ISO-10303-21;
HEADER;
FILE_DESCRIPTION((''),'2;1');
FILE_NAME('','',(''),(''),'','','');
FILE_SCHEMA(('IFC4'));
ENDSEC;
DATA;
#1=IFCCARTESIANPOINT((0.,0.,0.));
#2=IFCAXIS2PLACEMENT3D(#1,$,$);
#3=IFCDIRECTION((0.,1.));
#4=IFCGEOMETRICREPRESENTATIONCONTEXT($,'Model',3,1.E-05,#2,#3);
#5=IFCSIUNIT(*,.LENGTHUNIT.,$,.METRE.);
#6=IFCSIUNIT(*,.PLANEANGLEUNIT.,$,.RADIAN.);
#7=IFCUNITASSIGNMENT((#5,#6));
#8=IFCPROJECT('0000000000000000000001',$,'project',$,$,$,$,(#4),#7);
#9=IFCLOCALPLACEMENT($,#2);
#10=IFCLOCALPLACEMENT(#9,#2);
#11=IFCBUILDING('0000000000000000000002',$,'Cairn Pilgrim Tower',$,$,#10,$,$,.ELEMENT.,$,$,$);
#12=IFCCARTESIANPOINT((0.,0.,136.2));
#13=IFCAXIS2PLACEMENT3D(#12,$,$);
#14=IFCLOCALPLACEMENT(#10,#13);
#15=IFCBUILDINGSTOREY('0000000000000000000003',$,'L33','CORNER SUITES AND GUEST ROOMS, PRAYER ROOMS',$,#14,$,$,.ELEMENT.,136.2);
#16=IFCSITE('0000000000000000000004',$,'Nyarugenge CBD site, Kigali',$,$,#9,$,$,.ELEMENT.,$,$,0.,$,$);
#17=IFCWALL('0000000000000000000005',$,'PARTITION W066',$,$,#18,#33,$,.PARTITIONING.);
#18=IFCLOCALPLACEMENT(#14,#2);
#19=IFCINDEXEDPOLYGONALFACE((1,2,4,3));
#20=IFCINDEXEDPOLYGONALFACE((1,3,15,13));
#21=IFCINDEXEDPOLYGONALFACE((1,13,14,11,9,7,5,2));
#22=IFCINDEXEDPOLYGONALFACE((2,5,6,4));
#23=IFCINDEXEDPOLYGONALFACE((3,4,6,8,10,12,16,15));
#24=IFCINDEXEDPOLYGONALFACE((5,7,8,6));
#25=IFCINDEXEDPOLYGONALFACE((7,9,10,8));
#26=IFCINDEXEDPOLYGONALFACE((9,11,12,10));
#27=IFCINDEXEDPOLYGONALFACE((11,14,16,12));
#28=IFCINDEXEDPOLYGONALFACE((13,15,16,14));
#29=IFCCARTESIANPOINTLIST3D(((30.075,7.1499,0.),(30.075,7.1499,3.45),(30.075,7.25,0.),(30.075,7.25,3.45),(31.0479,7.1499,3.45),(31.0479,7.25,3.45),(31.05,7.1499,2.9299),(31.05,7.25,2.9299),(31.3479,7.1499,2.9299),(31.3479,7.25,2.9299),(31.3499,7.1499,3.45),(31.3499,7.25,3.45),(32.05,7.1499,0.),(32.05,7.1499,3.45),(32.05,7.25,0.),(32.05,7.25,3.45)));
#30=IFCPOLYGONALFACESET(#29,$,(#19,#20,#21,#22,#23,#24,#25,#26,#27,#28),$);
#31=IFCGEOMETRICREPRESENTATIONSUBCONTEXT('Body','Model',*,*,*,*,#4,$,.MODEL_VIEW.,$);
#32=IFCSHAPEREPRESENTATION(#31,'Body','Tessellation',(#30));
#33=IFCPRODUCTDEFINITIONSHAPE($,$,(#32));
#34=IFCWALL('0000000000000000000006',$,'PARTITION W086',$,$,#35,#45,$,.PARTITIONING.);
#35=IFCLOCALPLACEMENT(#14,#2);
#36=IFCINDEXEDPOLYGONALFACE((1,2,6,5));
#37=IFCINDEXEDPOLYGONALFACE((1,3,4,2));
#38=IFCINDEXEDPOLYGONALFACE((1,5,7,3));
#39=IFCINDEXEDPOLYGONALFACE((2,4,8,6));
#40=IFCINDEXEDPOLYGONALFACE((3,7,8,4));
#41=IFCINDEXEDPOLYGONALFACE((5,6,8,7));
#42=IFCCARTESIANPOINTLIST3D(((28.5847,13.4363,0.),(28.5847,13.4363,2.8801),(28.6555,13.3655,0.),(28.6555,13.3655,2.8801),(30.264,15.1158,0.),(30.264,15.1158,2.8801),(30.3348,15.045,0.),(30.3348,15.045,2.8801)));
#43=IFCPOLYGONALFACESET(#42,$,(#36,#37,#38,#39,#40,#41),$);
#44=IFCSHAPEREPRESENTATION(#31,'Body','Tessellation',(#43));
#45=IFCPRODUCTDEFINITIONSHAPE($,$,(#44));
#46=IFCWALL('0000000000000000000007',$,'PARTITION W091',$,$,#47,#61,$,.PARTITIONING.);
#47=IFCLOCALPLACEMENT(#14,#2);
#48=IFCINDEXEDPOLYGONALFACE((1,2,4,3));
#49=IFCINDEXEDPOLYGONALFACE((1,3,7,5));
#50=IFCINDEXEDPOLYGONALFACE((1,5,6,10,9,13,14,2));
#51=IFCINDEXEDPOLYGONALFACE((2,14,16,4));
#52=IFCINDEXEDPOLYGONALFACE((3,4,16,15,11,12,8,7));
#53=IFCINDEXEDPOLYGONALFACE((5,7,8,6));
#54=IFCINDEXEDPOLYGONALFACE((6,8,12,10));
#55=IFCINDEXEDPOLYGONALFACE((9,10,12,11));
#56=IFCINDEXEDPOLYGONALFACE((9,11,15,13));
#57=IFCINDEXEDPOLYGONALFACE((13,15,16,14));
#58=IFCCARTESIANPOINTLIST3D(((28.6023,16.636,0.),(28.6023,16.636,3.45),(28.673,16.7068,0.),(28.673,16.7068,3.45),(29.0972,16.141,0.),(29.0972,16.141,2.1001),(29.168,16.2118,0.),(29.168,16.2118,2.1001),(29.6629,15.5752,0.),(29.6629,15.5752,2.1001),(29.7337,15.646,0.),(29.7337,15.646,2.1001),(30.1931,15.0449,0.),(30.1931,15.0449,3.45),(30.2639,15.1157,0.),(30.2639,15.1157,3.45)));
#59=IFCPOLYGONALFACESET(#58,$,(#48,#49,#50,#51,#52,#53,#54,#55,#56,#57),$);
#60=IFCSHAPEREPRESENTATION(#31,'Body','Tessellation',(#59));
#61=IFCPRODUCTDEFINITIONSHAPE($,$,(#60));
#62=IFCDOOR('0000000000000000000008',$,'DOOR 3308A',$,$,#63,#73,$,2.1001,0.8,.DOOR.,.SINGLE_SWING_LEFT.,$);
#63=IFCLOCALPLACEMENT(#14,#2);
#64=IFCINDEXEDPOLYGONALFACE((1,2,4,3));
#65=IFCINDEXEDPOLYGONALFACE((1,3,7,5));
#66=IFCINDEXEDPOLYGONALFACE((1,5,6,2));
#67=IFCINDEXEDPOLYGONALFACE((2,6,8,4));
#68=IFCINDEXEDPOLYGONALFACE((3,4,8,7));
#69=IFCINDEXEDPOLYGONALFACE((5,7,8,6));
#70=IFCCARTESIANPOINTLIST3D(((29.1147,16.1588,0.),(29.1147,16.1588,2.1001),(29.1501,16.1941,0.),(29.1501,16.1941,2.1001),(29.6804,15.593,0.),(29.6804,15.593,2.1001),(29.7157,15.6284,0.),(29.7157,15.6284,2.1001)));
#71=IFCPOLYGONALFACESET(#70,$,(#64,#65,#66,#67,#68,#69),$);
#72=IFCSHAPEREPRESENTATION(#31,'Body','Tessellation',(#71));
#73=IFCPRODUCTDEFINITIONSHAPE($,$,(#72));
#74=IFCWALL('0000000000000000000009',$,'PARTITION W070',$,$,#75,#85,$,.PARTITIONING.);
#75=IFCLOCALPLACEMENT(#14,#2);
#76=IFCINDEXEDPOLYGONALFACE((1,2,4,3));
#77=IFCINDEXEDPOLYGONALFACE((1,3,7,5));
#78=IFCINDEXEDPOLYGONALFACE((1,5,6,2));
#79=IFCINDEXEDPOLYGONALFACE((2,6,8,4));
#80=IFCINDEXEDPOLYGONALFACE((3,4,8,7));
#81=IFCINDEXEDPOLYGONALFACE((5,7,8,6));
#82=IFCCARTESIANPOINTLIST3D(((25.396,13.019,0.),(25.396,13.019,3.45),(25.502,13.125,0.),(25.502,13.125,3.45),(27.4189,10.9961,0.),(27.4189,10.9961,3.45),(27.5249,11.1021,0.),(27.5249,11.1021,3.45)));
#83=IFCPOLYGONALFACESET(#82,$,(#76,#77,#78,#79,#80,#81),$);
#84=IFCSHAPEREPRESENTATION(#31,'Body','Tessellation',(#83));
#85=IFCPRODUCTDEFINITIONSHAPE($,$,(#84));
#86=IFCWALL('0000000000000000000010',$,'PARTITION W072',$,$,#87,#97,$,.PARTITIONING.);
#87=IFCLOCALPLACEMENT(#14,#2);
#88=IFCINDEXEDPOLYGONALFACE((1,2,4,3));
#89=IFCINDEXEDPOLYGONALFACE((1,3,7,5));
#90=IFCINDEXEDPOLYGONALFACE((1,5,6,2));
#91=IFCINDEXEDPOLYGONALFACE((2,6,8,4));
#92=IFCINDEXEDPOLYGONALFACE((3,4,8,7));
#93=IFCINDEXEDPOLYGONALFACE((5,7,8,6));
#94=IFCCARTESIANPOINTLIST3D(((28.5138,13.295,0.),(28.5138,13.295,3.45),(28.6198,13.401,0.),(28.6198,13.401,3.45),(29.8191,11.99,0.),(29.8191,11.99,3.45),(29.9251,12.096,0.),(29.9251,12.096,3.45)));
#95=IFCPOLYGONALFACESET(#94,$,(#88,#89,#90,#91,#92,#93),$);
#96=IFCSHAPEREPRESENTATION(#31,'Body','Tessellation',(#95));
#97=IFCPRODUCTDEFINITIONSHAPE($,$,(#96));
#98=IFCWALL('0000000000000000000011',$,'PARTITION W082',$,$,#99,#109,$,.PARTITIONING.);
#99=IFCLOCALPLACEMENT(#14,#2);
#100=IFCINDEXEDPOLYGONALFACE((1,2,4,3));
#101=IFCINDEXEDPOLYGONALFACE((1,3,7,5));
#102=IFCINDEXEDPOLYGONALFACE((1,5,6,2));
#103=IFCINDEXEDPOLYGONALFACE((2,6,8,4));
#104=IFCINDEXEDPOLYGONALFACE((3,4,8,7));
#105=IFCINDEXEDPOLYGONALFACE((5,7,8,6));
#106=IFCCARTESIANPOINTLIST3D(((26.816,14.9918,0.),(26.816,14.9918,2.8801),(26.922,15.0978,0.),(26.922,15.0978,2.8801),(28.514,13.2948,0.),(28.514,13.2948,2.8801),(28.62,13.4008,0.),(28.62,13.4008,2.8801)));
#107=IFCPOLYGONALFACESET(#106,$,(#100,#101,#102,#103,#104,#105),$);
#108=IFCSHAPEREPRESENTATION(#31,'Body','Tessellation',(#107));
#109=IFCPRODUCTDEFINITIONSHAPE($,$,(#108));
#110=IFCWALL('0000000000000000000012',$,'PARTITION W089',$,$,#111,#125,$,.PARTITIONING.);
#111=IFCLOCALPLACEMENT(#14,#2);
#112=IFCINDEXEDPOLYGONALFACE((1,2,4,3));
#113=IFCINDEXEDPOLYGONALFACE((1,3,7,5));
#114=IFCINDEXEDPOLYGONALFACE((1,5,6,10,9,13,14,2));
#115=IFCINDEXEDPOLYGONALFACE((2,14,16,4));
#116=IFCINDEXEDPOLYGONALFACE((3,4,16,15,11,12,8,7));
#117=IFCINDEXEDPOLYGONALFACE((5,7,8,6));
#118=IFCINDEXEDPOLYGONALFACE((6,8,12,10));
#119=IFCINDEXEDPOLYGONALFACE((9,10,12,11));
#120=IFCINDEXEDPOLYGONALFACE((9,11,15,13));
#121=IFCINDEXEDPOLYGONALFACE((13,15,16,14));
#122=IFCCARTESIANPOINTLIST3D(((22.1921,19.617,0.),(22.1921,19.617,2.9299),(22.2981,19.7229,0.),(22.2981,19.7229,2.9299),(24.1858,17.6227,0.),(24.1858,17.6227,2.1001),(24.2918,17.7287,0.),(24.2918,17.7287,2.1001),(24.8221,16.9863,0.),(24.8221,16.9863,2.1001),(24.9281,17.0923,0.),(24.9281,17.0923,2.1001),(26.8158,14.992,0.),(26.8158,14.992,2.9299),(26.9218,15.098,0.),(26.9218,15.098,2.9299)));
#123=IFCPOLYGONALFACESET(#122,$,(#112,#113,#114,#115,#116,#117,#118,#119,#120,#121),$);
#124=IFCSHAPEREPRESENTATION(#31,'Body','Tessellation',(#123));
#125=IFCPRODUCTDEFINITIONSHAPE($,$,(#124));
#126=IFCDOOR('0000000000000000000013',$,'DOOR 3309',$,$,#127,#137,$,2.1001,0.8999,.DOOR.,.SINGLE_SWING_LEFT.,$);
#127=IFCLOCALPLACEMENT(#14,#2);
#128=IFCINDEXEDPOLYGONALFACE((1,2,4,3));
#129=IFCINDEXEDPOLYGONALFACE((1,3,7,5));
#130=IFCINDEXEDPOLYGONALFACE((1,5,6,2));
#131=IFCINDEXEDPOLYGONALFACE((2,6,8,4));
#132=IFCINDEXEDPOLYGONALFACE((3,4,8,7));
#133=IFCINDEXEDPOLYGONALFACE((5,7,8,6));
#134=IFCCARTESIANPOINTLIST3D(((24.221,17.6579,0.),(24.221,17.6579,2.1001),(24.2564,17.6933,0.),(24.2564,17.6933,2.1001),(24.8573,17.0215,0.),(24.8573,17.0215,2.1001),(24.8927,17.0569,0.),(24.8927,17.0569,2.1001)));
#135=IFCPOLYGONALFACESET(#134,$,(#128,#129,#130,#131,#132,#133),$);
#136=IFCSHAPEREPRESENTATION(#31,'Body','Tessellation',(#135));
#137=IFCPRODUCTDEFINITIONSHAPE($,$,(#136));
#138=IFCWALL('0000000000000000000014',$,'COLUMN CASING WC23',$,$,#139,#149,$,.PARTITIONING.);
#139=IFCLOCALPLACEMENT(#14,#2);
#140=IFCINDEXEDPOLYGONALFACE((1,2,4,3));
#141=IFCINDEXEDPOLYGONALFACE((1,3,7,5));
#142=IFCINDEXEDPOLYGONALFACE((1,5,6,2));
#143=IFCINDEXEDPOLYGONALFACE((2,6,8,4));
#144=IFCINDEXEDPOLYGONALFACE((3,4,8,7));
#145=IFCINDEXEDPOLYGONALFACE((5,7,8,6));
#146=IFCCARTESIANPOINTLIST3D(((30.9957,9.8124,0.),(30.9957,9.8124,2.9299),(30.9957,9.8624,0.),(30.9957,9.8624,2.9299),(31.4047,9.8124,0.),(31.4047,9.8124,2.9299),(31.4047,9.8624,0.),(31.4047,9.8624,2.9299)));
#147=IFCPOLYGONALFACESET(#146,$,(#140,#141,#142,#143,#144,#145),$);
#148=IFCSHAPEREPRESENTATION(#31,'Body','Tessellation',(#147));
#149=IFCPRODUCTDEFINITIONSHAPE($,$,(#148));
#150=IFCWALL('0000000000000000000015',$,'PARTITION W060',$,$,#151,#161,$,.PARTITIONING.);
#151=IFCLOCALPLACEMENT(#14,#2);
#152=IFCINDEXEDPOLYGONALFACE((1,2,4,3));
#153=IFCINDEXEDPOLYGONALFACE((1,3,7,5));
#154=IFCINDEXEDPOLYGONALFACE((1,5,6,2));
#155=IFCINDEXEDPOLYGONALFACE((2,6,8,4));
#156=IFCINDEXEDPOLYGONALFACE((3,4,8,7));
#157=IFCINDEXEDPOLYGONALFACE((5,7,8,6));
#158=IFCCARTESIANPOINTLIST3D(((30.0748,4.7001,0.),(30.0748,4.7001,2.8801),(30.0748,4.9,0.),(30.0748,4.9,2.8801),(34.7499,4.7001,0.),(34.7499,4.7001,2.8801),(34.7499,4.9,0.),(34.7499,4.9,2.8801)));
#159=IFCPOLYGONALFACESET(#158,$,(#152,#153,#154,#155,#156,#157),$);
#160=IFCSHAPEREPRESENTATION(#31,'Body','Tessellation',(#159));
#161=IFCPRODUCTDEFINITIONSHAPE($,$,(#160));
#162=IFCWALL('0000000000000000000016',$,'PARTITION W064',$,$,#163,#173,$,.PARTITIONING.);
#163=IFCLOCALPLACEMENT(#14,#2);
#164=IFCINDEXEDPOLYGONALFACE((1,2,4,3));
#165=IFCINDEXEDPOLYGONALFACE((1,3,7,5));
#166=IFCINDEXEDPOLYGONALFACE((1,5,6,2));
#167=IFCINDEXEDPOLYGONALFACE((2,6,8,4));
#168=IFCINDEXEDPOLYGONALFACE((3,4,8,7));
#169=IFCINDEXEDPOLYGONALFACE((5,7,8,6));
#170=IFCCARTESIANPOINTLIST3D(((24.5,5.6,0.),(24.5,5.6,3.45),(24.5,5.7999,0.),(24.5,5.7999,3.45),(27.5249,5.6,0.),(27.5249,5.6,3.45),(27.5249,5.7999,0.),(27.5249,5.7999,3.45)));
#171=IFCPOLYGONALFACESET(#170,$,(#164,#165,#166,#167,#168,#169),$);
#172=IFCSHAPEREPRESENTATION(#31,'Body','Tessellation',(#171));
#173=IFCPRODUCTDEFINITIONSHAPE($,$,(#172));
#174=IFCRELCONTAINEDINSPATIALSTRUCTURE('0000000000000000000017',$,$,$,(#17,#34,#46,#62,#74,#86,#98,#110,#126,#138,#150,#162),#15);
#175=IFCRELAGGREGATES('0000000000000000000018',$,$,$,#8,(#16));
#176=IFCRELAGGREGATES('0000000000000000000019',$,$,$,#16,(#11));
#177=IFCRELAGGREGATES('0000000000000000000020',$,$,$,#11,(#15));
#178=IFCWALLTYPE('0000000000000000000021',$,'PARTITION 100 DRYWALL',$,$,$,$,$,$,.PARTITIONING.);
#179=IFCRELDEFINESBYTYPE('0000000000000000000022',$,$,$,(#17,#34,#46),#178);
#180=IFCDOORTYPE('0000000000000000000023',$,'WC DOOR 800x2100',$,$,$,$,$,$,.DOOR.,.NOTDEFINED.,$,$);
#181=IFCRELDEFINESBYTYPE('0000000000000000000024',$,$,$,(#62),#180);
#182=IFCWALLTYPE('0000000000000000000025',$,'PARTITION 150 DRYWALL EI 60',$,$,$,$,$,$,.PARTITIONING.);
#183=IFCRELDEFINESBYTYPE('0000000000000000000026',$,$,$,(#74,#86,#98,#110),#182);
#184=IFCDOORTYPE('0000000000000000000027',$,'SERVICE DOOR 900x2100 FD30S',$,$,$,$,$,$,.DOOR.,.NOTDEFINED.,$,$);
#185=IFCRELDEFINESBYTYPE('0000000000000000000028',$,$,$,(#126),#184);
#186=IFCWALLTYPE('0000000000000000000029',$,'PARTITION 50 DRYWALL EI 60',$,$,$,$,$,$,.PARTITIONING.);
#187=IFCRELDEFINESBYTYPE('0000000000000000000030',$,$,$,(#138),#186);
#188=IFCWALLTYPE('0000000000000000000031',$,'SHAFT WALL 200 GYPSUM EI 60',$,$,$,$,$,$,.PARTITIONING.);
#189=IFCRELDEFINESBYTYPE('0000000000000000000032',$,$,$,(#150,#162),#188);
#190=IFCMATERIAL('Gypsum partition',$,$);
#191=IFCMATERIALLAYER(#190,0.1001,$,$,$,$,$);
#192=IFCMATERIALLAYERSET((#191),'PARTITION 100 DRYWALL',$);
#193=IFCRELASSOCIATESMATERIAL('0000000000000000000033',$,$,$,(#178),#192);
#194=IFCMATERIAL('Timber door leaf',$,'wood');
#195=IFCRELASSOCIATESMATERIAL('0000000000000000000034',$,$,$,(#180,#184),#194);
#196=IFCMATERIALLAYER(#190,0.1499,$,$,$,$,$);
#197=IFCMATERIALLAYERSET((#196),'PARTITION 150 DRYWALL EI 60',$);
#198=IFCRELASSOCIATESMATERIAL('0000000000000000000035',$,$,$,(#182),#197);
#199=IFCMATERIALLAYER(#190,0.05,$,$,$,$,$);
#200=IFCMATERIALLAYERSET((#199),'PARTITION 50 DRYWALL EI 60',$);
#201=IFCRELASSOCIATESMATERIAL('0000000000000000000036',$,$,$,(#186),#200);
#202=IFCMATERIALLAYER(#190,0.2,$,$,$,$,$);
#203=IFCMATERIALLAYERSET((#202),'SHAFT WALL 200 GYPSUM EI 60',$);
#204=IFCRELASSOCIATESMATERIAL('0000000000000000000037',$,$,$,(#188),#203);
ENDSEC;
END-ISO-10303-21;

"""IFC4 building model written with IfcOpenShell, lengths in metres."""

from ifc_helpers import new_model, si_unit, direction, frame, frame_2d, origin, place, context, subcontext, project, spatial, polyline, rectangle, outline, extrude, material, layer, layer_set, type_object, element, fill, save


model = new_model("IFC4")

# Units and contexts
model_context = context("Model", 3, precision=1e-05, world=origin(), true_north=direction((0.0, 1.0)))
body_context = subcontext(model_context, "Body", "Model", "MODEL_VIEW")
ifc_project = project(units=[si_unit("LENGTHUNIT", "METRE"), si_unit("PLANEANGLEUNIT", "RADIAN")], contexts=[model_context])

# Site, building, storey
site_placement = place(None, origin())
site = spatial("IfcSite", under=ifc_project, at=site_placement, Name="Nyarugenge CBD site, Kigali", CompositionType="ELEMENT", RefElevation=0.0)
building_placement = place(site_placement, origin())
building = spatial("IfcBuilding", under=site, at=building_placement, Name="Cairn Pilgrim Tower", CompositionType="ELEMENT")
storey_placement = place(building_placement, frame((0.0, 0.0, 136.2)))
storey = spatial("IfcBuildingStorey", under=building, at=storey_placement, Name="L33", Description="CORNER SUITES AND GUEST ROOMS, PRAYER ROOMS", CompositionType="ELEMENT", Elevation=136.2)

# Walls
ifc_material_1 = material(Name="Gypsum partition")
ifc_layer_1 = layer(ifc_material_1, 0.1001)
ifc_layer_set_1 = layer_set([ifc_layer_1], Name="PARTITION 100 DRYWALL")
wall_type_1 = type_object("IfcWallType", Name="PARTITION 100 DRYWALL", PredefinedType="PARTITIONING", material=ifc_layer_set_1)
wall_1_placement = place(storey_placement, frame((30.075, 7.2, 0.0), z_axis=(0.0, 0.0, 1.0), x_axis=(1.0, 0.0, 0.0)))
element("IfcWall", 1, at=wall_1_placement, inside=storey, type_object=wall_type_1, Name="PARTITION W066", PredefinedType="PARTITIONING", context=body_context, shape_type="SweptSolid", body=[
    extrude(outline(polyline([(0.0, 0.0), (1.9751, 0.0), (1.9751, 3.45), (1.2749, 3.45), (1.2729, 2.9299), (0.9751, 2.9299), (0.9729, 3.45), (0.0, 3.45), (0.0, 0.0)])), frame((0.0, 0.05, 0.0), z_axis=(0.0, -1.0, 0.0), x_axis=(1.0, 0.0, 0.0)), (0.0, 0.0, 1.0), 0.1001),
])
wall_2_placement = place(storey_placement, frame((28.6201, 13.4009, 0.0), z_axis=(0.0, 0.0, 1.0), x_axis=(0.707055, 0.707158, 0.0)))
element("IfcWall", 2, at=wall_2_placement, inside=storey, type_object=wall_type_1, Name="PARTITION W086", PredefinedType="PARTITIONING", context=body_context, shape_type="SweptSolid", body=[
    extrude(rectangle(XDim=2.375, YDim=0.1001, at=frame_2d((1.1875, 0.0))), origin(), (0.0, 0.0, 1.0), 2.8801),
])

# Wall, opening, door
wall_3_placement = place(storey_placement, frame((30.2285, 15.0803, 0.0), z_axis=(0.0, 0.0, 1.0), x_axis=(-0.707053, 0.707161, 0.0)))
wall_3 = element("IfcWall", 3, at=wall_3_placement, inside=storey, type_object=wall_type_1, Name="PARTITION W091", PredefinedType="PARTITIONING", context=body_context, shape_type="SweptSolid", body=[
    extrude(rectangle(XDim=2.25, YDim=0.1001, at=frame_2d((1.125, 0.0))), origin(), (0.0, 0.0, 1.0), 3.45),
])
opening_1_placement = place(wall_3_placement, frame((0.75, 0.0, 0.0)))
opening_1 = element("IfcOpeningElement", 4, at=opening_1_placement, cuts=wall_3, PredefinedType="OPENING", context=body_context, shape_type="SweptSolid", body=[
    extrude(rectangle(XDim=0.8, YDim=2.1001, at=frame_2d((0.3999, 1.05))), frame((0.0, 0.0601, 0.0), z_axis=(0.0, -1.0, 0.0), x_axis=(1.0, 0.0, 0.0)), (0.0, 0.0, 1.0), 0.1201),
])
ifc_material_2 = material(Name="Timber door leaf", Category="wood")
door_type_1 = type_object("IfcDoorType", Name="WC DOOR 800x2100", OperationType="NOTDEFINED", PredefinedType="DOOR", material=ifc_material_2)
door_1_placement = place(opening_1_placement, frame((0.8, 0.0, 0.0), z_axis=(0.0, 0.0, 1.0), x_axis=(-1.0, 0.0, 0.0)))
door_1 = element("IfcDoor", 5, at=door_1_placement, inside=storey, type_object=door_type_1, Name="DOOR 3308A", OperationType="SINGLE_SWING_LEFT", OverallHeight=2.1001, OverallWidth=0.8, PredefinedType="DOOR", context=body_context, shape_type="SweptSolid", body=[
    extrude(rectangle(XDim=0.8, YDim=2.1001, at=frame_2d((0.3999, 1.05))), frame((0.0, 0.0249, 0.0), z_axis=(0.0, -1.0, 0.0), x_axis=(1.0, 0.0, 0.0)), (0.0, 0.0, 1.0), 0.05),
])
fill(opening_1, door_1)

# Walls
ifc_layer_2 = layer(ifc_material_1, 0.1499)
ifc_layer_set_2 = layer_set([ifc_layer_2], Name="PARTITION 150 DRYWALL EI 60")
wall_type_2 = type_object("IfcWallType", Name="PARTITION 150 DRYWALL EI 60", PredefinedType="PARTITIONING", material=ifc_layer_set_2)
wall_4_placement = place(storey_placement, frame((27.4719, 11.0491, 0.0), z_axis=(0.0, 0.0, 1.0), x_axis=(-0.707107, 0.707107, 0.0)))
element("IfcWall", 6, at=wall_4_placement, inside=storey, type_object=wall_type_2, Name="PARTITION W070", PredefinedType="PARTITIONING", context=body_context, shape_type="SweptSolid", body=[
    extrude(rectangle(XDim=2.8608, YDim=0.1499, at=frame_2d((1.4304, 0.0))), origin(), (0.0, 0.0, 1.0), 3.45),
])
wall_5_placement = place(storey_placement, frame((29.8721, 12.043, 0.0), z_axis=(0.0, 0.0, 1.0), x_axis=(-0.707173, 0.707041, 0.0)))
element("IfcWall", 7, at=wall_5_placement, inside=storey, type_object=wall_type_2, Name="PARTITION W072", PredefinedType="PARTITIONING", context=body_context, shape_type="SweptSolid", body=[
    extrude(rectangle(XDim=1.8457, YDim=0.1499, at=frame_2d((0.9229, 0.0))), origin(), (0.0, 0.0, 1.0), 3.45),
])
wall_6_placement = place(storey_placement, frame((28.5669, 13.3479, 0.0), z_axis=(0.0, 0.0, 1.0), x_axis=(-0.70731, 0.706903, 0.0)))
element("IfcWall", 8, at=wall_6_placement, inside=storey, type_object=wall_type_2, Name="PARTITION W082", PredefinedType="PARTITIONING", context=body_context, shape_type="SweptSolid", body=[
    extrude(rectangle(XDim=2.4006, YDim=0.1499, at=frame_2d((1.2002, 0.0))), origin(), (0.0, 0.0, 1.0), 2.8801),
])

# Wall, opening, door
wall_7_placement = place(storey_placement, frame((26.8689, 15.0449, 0.0), z_axis=(0.0, 0.0, 1.0), x_axis=(-0.707013, 0.7072, 0.0)))
wall_7 = element("IfcWall", 9, at=wall_7_placement, inside=storey, type_object=wall_type_2, Name="PARTITION W089", PredefinedType="PARTITIONING", context=body_context, shape_type="SweptSolid", body=[
    extrude(rectangle(XDim=6.5398, YDim=0.1499, at=frame_2d((3.27, 0.0))), origin(), (0.0, 0.0, 1.0), 2.9299),
])
opening_2_placement = place(wall_7_placement, frame((2.8201, 0.0, 0.0)))
opening_2 = element("IfcOpeningElement", 10, at=opening_2_placement, cuts=wall_7, PredefinedType="OPENING", context=body_context, shape_type="SweptSolid", body=[
    extrude(rectangle(XDim=0.8999, YDim=2.1001, at=frame_2d((0.45, 1.05))), frame((0.0, 0.085, 0.0), z_axis=(0.0, -1.0, 0.0), x_axis=(1.0, 0.0, 0.0)), (0.0, 0.0, 1.0), 0.1699),
])
door_type_2 = type_object("IfcDoorType", Name="SERVICE DOOR 900x2100 FD30S", OperationType="NOTDEFINED", PredefinedType="DOOR", material=ifc_material_2)
door_2_placement = place(opening_2_placement, frame((0.8999, 0.0, 0.0), z_axis=(0.0, 0.0, 1.0), x_axis=(-1.0, 0.0, 0.0)))
door_2 = element("IfcDoor", 11, at=door_2_placement, inside=storey, type_object=door_type_2, Name="DOOR 3309", OperationType="SINGLE_SWING_LEFT", OverallHeight=2.1001, OverallWidth=0.8999, PredefinedType="DOOR", context=body_context, shape_type="SweptSolid", body=[
    extrude(rectangle(XDim=0.8999, YDim=2.1001, at=frame_2d((0.45, 1.05))), frame((0.0, 0.0249, 0.0), z_axis=(0.0, -1.0, 0.0), x_axis=(1.0, 0.0, 0.0)), (0.0, 0.0, 1.0), 0.05),
])
fill(opening_2, door_2)

# Walls
ifc_layer_3 = layer(ifc_material_1, 0.05)
ifc_layer_set_3 = layer_set([ifc_layer_3], Name="PARTITION 50 DRYWALL EI 60")
wall_type_3 = type_object("IfcWallType", Name="PARTITION 50 DRYWALL EI 60", PredefinedType="PARTITIONING", material=ifc_layer_set_3)
wall_8_placement = place(storey_placement, frame((30.9956, 9.8374, 0.0), z_axis=(0.0, 0.0, 1.0), x_axis=(1.0, 0.0, 0.0)))
element("IfcWall", 12, at=wall_8_placement, inside=storey, type_object=wall_type_3, Name="COLUMN CASING WC23", PredefinedType="PARTITIONING", context=body_context, shape_type="SweptSolid", body=[
    extrude(rectangle(XDim=0.4089, YDim=0.05, at=frame_2d((0.2046, 0.0))), origin(), (0.0, 0.0, 1.0), 2.9299),
])
ifc_layer_4 = layer(ifc_material_1, 0.2)
ifc_layer_set_4 = layer_set([ifc_layer_4], Name="SHAFT WALL 200 GYPSUM EI 60")
wall_type_4 = type_object("IfcWallType", Name="SHAFT WALL 200 GYPSUM EI 60", PredefinedType="PARTITIONING", material=ifc_layer_set_4)
wall_9_placement = place(storey_placement, frame((30.075, 4.8, 0.0), z_axis=(0.0, 0.0, 1.0), x_axis=(1.0, 0.0, 0.0)))
element("IfcWall", 13, at=wall_9_placement, inside=storey, type_object=wall_type_4, Name="PARTITION W060", PredefinedType="PARTITIONING", context=body_context, shape_type="SweptSolid", body=[
    extrude(rectangle(XDim=4.675, YDim=0.2, at=frame_2d((2.3374, 0.0))), origin(), (0.0, 0.0, 1.0), 2.8801),
])
wall_10_placement = place(storey_placement, frame((24.5, 5.7, 0.0), z_axis=(0.0, 0.0, 1.0), x_axis=(1.0, 0.0, 0.0)))
element("IfcWall", 14, at=wall_10_placement, inside=storey, type_object=wall_type_4, Name="PARTITION W064", PredefinedType="PARTITIONING", context=body_context, shape_type="SweptSolid", body=[
    extrude(rectangle(XDim=3.0249, YDim=0.2, at=frame_2d((1.5125, 0.0))), origin(), (0.0, 0.0, 1.0), 3.45),
])

save(model, "model.ifc")
